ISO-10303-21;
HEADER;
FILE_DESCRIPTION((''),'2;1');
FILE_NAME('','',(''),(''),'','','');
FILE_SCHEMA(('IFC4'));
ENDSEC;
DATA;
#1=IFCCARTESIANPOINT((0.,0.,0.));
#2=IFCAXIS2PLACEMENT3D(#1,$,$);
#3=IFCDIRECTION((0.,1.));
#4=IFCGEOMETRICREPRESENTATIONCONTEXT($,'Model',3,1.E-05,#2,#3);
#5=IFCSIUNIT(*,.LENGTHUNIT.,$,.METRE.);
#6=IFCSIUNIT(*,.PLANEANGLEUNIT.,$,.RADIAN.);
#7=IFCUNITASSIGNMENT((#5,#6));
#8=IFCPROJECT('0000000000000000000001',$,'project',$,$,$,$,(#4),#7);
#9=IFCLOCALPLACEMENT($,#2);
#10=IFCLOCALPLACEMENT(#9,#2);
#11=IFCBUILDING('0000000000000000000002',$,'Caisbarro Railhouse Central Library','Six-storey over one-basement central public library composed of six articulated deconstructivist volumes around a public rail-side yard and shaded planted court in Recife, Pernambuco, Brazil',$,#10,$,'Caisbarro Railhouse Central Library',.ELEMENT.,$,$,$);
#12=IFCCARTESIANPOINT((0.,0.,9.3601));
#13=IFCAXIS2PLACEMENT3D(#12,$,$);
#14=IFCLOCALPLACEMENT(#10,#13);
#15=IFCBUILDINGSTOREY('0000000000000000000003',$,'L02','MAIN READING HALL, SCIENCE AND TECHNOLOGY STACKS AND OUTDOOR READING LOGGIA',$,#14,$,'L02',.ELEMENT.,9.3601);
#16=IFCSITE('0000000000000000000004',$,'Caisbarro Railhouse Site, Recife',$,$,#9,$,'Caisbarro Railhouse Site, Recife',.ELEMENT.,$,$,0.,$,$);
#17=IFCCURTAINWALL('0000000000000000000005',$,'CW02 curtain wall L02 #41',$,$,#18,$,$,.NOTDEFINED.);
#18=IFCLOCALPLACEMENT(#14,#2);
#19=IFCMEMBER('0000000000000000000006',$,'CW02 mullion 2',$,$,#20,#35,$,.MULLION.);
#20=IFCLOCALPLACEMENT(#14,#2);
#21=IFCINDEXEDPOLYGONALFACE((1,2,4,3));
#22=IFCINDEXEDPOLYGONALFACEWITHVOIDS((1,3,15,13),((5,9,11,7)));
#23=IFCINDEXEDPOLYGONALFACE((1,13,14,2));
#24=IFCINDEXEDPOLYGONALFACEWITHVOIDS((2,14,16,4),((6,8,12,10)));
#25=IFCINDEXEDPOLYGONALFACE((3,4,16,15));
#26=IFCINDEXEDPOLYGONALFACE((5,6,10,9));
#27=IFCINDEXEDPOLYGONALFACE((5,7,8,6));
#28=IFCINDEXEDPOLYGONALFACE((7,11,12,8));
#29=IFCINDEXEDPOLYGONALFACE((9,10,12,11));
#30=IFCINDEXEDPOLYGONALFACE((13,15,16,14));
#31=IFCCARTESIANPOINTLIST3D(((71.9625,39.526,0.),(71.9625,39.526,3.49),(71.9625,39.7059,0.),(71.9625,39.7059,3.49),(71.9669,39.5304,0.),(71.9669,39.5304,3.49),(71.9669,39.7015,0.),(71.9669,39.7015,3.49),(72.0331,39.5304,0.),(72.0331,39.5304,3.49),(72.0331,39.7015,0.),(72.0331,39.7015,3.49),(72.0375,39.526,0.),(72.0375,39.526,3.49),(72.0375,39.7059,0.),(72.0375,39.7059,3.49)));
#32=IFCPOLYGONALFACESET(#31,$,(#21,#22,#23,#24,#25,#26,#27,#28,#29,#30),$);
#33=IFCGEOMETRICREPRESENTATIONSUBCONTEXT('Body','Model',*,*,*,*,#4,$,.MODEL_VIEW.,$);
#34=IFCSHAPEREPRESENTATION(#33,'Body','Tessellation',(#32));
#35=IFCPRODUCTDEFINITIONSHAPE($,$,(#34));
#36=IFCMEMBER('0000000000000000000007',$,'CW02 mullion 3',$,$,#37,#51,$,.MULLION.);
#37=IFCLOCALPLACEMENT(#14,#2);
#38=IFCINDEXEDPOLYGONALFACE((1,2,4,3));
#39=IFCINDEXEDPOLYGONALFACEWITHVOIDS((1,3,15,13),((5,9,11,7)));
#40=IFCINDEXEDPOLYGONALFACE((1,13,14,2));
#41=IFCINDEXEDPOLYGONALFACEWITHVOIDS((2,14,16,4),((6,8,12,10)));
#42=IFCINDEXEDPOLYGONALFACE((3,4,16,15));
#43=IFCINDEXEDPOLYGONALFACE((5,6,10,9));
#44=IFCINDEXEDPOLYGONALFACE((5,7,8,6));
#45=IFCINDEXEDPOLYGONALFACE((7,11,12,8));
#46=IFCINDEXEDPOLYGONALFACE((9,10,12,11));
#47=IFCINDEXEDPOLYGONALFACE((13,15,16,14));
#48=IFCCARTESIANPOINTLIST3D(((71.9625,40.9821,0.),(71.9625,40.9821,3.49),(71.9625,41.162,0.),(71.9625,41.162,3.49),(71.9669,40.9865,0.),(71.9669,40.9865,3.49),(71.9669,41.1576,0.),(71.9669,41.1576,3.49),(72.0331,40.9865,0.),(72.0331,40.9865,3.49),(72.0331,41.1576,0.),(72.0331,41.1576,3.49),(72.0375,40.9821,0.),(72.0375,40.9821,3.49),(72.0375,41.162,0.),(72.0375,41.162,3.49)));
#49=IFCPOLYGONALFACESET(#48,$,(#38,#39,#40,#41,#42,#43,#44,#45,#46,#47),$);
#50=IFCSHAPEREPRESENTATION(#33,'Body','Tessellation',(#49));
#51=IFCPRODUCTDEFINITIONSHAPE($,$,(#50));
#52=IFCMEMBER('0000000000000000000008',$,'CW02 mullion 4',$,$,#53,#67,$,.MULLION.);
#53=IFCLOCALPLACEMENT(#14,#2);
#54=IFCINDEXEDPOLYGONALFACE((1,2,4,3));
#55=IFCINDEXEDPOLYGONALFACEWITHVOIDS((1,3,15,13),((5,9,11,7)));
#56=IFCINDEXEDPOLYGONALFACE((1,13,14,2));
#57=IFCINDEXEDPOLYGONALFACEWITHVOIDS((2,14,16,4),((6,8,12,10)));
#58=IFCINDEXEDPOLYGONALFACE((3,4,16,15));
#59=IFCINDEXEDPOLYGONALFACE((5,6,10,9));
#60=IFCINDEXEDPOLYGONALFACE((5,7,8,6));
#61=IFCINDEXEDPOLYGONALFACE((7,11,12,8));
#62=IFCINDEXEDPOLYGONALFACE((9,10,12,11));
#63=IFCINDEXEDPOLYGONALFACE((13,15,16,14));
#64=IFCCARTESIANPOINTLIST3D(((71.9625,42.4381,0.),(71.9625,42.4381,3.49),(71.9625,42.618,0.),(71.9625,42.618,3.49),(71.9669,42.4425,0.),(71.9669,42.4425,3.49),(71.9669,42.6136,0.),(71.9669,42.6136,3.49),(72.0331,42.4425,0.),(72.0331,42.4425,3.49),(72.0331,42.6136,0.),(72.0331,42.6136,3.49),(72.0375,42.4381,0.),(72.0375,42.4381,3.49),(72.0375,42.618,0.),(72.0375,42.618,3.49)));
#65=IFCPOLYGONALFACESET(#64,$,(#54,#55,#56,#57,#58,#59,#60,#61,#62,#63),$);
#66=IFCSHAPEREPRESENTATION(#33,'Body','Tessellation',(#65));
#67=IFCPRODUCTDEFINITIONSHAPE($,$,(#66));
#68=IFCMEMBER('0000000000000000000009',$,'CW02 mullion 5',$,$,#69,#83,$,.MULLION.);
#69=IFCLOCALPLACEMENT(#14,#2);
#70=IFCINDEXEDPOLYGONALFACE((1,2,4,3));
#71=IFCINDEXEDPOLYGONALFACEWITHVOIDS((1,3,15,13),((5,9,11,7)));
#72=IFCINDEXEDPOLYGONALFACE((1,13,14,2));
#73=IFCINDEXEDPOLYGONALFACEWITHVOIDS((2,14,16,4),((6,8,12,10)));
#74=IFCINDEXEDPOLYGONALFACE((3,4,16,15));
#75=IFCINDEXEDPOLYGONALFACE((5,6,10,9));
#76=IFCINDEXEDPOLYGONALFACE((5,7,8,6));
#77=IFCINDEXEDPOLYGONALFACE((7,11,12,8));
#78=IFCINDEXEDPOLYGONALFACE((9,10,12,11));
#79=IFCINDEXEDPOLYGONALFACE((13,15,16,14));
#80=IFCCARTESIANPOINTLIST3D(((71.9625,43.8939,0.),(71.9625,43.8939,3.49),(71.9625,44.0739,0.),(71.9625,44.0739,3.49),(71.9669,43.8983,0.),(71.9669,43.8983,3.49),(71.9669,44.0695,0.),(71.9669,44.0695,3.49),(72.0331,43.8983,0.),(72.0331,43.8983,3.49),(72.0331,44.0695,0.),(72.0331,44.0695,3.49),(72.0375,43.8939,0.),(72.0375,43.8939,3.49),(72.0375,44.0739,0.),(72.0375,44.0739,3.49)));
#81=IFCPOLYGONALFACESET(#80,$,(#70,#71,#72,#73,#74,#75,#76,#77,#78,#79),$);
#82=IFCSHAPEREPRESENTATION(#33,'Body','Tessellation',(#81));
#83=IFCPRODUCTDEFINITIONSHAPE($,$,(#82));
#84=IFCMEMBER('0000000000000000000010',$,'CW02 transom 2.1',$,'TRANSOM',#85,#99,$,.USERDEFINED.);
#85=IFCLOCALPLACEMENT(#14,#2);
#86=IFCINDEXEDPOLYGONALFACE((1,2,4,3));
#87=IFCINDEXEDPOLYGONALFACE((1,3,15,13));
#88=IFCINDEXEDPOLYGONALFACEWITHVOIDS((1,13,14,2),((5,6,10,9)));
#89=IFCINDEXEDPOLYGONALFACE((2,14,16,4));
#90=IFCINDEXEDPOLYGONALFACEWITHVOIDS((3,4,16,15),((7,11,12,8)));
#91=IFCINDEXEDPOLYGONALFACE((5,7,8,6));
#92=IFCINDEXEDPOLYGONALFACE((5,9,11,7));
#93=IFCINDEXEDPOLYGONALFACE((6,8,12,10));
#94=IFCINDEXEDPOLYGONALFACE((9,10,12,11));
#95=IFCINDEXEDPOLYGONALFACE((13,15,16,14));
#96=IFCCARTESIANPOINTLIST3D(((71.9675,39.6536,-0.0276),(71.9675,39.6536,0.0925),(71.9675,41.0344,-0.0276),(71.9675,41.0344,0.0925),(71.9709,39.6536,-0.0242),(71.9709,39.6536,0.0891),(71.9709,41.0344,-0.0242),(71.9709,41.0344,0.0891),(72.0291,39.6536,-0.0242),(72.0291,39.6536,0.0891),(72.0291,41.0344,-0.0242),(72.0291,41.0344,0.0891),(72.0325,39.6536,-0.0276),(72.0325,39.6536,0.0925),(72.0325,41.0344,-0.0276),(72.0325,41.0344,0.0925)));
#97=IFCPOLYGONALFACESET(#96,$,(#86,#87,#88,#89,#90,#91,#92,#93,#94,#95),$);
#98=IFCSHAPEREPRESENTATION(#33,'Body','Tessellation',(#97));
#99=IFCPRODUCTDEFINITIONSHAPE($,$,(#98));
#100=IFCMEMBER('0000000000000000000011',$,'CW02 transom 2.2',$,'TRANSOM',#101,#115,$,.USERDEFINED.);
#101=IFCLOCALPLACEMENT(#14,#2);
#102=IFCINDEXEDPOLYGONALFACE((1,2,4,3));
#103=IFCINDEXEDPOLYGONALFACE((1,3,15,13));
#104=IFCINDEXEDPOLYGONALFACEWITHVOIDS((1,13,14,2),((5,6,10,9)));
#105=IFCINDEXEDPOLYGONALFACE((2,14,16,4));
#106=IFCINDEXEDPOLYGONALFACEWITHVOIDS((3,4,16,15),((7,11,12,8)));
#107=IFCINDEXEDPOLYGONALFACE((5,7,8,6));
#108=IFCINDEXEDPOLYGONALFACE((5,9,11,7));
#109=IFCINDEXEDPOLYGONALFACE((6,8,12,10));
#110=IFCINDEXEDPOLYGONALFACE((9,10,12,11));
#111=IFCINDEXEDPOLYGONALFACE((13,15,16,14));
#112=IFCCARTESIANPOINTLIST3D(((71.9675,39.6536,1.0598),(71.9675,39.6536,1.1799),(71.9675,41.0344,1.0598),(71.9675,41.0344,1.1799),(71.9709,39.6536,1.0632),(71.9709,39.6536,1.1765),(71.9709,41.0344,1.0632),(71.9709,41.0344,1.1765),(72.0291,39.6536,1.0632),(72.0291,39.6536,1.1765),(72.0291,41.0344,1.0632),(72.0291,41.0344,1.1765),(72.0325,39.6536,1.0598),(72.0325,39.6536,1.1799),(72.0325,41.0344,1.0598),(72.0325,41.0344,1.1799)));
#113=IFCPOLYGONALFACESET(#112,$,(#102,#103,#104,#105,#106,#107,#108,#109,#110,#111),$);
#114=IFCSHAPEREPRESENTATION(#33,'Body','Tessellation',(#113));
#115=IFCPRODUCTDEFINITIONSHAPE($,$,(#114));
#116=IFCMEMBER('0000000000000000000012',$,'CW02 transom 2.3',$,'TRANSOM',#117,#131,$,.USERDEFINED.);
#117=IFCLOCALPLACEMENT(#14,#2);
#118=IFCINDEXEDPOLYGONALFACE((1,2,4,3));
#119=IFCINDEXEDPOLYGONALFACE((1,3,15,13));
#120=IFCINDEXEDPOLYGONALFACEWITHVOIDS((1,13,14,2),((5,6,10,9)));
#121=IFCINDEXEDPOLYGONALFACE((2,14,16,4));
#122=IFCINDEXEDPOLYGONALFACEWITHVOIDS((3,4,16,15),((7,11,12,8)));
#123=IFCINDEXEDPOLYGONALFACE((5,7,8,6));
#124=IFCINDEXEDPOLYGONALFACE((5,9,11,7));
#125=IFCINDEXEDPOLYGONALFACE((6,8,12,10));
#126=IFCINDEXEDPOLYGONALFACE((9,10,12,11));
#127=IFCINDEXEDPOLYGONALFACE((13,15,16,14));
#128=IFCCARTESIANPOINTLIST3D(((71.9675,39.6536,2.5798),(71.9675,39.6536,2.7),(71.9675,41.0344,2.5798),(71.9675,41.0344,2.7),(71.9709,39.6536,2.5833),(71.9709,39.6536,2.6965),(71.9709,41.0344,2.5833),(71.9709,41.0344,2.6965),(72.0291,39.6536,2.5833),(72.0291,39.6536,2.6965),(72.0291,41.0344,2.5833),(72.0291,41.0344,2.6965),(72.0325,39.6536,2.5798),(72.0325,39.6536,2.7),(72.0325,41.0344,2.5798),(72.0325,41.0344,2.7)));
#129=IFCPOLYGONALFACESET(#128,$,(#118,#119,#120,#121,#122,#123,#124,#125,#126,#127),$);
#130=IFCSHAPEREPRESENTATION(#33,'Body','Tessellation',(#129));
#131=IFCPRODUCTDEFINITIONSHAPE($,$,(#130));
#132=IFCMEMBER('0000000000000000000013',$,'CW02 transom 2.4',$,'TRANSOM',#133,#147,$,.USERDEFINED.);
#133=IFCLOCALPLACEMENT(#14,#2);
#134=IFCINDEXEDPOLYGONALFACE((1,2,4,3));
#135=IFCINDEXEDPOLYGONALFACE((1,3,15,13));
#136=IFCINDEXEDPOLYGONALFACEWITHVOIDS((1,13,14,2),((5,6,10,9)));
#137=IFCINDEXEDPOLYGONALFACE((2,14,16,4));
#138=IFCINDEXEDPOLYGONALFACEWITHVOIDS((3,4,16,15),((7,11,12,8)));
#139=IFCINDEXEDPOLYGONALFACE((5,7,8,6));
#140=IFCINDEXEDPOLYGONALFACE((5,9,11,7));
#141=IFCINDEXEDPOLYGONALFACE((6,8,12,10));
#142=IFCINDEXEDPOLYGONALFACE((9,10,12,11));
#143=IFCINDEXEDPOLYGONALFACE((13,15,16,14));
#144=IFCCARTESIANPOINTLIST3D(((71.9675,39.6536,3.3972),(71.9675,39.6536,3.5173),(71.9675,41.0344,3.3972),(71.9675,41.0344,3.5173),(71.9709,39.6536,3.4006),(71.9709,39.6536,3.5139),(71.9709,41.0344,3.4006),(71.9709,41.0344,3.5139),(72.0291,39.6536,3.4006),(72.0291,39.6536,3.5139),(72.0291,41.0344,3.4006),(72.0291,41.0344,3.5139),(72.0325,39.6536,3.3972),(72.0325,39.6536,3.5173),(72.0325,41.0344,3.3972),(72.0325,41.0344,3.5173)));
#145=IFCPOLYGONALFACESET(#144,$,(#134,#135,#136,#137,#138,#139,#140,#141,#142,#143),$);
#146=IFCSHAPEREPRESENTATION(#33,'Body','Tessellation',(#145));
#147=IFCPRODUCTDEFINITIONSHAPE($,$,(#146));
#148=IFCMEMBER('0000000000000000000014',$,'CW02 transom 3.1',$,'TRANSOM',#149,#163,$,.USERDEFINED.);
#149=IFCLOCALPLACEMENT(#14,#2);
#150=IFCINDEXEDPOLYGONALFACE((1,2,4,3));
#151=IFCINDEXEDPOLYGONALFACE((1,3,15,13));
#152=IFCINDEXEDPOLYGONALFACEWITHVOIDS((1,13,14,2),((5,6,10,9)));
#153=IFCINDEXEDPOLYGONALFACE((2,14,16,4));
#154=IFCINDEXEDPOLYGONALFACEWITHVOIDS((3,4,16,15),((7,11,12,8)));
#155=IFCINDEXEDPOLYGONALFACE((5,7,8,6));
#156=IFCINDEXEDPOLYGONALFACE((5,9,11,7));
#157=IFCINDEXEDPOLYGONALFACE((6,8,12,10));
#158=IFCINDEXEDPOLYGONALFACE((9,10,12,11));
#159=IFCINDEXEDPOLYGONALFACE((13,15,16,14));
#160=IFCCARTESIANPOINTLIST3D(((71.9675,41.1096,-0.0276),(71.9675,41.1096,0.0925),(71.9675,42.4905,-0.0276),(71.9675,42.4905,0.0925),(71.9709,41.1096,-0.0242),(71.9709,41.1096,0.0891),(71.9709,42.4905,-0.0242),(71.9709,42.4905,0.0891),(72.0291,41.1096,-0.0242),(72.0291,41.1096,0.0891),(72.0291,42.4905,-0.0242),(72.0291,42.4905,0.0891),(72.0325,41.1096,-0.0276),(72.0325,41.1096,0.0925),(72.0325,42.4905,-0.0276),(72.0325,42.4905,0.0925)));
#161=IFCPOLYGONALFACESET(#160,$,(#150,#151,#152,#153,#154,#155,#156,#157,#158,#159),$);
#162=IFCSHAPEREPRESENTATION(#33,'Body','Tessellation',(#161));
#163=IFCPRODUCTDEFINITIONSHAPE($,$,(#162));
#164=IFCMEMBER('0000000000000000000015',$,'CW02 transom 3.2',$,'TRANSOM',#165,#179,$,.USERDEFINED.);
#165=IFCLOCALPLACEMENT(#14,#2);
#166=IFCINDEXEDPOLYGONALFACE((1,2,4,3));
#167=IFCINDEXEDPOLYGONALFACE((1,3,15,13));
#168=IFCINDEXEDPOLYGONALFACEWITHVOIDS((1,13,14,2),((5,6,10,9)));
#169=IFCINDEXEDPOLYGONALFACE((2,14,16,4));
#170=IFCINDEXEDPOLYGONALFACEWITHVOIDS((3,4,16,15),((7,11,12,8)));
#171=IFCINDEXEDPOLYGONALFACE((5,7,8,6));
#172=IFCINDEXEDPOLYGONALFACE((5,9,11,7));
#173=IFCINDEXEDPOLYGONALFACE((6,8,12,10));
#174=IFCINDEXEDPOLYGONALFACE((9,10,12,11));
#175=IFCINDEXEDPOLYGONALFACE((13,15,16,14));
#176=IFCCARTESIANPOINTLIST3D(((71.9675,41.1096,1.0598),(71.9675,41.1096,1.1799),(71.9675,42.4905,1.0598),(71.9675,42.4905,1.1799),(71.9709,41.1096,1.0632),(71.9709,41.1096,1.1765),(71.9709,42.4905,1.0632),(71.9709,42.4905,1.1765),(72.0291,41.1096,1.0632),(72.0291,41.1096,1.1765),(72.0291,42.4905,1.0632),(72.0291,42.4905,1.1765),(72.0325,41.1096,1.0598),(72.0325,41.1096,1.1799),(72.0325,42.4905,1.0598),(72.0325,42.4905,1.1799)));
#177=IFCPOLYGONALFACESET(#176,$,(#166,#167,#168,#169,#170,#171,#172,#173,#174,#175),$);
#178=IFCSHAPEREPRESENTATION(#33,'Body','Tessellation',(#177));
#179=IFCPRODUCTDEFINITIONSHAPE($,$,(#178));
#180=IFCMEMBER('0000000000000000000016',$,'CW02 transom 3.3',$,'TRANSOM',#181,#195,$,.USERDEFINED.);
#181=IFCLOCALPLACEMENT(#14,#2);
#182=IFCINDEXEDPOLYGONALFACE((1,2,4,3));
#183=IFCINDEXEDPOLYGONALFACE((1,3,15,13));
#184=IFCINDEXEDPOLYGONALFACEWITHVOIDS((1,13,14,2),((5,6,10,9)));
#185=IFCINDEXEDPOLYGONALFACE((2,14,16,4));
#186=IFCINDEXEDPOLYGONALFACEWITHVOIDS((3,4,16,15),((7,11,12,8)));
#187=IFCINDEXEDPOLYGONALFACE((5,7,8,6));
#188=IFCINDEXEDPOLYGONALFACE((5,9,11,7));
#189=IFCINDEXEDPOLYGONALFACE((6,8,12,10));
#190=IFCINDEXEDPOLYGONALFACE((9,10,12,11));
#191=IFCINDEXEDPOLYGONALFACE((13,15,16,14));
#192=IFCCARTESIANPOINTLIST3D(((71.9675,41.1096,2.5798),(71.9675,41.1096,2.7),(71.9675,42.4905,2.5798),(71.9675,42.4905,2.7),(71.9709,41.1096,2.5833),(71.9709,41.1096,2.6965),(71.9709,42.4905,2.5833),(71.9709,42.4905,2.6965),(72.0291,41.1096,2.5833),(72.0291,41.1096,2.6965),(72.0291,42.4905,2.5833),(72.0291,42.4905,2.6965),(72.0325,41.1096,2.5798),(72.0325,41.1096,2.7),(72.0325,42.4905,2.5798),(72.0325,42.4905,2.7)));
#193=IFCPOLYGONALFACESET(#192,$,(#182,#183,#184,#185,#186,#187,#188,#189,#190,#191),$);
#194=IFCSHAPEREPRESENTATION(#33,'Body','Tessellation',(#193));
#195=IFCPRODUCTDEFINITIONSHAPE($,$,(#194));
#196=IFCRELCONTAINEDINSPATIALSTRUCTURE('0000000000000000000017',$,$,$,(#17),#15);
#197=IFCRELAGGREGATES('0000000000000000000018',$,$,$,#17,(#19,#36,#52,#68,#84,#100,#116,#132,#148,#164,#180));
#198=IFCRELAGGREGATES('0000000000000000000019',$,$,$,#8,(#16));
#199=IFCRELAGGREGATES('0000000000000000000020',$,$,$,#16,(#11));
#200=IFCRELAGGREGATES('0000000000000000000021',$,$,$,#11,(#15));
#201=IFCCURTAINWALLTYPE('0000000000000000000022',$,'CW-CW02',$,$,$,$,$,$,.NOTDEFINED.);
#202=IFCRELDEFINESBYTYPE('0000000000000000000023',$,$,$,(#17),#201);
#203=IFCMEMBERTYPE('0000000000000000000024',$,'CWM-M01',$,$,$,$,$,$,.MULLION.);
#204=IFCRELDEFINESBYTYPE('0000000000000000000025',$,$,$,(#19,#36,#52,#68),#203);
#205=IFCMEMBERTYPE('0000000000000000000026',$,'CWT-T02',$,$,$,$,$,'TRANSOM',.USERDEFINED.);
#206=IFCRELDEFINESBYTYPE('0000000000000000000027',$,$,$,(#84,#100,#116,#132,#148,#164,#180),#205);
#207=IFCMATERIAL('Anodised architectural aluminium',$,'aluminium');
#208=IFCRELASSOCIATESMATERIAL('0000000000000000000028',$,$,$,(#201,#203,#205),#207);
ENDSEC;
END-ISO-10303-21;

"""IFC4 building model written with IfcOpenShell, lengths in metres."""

from ifc_helpers import new_model, si_unit, direction, frame, origin, origin_2d, place, context, subcontext, project, spatial, hollow_rectangle, extrude, material, material_profile, profile_set, type_object, element, aggregate, save


model = new_model("IFC4")

# Units and contexts
model_context = context("Model", 3, precision=1e-05, world=origin(), true_north=direction((0.0, 1.0)))
body_context = subcontext(model_context, "Body", "Model", "MODEL_VIEW")
ifc_project = project(units=[si_unit("LENGTHUNIT", "METRE"), si_unit("PLANEANGLEUNIT", "RADIAN")], contexts=[model_context])

# Site, building, storey
site_placement = place(None, origin())
site = spatial("IfcSite", under=ifc_project, at=site_placement, Name="Caisbarro Railhouse Site, Recife", LongName="Caisbarro Railhouse Site, Recife", CompositionType="ELEMENT", RefElevation=0.0)
building_placement = place(site_placement, origin())
building = spatial("IfcBuilding", under=site, at=building_placement, Name="Caisbarro Railhouse Central Library", Description="Six-storey over one-basement central public library composed of six articulated deconstructivist volumes around a public rail-side yard and shaded planted court in Recife, Pernambuco, Brazil", LongName="Caisbarro Railhouse Central Library", CompositionType="ELEMENT")
storey_placement = place(building_placement, frame((0.0, 0.0, 9.3601)))
storey = spatial("IfcBuildingStorey", under=building, at=storey_placement, Name="L02", Description="MAIN READING HALL, SCIENCE AND TECHNOLOGY STACKS AND OUTDOOR READING LOGGIA", LongName="L02", CompositionType="ELEMENT", Elevation=9.3601)

# Curtain wall, members
ifc_material_1 = material(Name="Anodised architectural aluminium", Category="aluminium")
curtain_wall_type = type_object("IfcCurtainWallType", Name="CW-CW02", PredefinedType="NOTDEFINED", material=ifc_material_1)
curtain_wall_placement = place(storey_placement, origin())
curtain_wall = element("IfcCurtainWall", 1, at=curtain_wall_placement, inside=storey, type_object=curtain_wall_type, Name="CW02 curtain wall L02 #41", PredefinedType="NOTDEFINED")
ifc_material_profile_1 = material_profile(ifc_material_1, hollow_rectangle(XDim=0.075, YDim=0.1799, WallThickness=0.0044, at=origin_2d()), Name="ALU-MUL-75X180")
ifc_profile_set_1 = profile_set([ifc_material_profile_1], Name="Anodised architectural aluminium")
member_type_1 = type_object("IfcMemberType", Name="CWM-M01", PredefinedType="MULLION", material=ifc_profile_set_1)
member_1_placement = place(storey_placement, frame((72.0, 39.616, 0.0), z_axis=(0.0, 0.0, 1.0), x_axis=(-1.0, 0.0, 0.0)))
member_1 = element("IfcMember", 2, at=member_1_placement, type_object=member_type_1, Name="CW02 mullion 2", PredefinedType="MULLION", context=body_context, shape_type="SweptSolid", body=[
    extrude(hollow_rectangle(XDim=0.075, YDim=0.1799, WallThickness=0.0044, at=origin_2d()), origin(), (0.0, 0.0, 1.0), 3.49),
])
member_2_placement = place(storey_placement, frame((72.0, 41.072, 0.0), z_axis=(0.0, 0.0, 1.0), x_axis=(-1.0, 0.0, 0.0)))
member_2 = element("IfcMember", 3, at=member_2_placement, type_object=member_type_1, Name="CW02 mullion 3", PredefinedType="MULLION", context=body_context, shape_type="SweptSolid", body=[
    extrude(hollow_rectangle(XDim=0.075, YDim=0.1799, WallThickness=0.0044, at=origin_2d()), origin(), (0.0, 0.0, 1.0), 3.49),
])
member_3_placement = place(storey_placement, frame((72.0, 42.5281, 0.0), z_axis=(0.0, 0.0, 1.0), x_axis=(-1.0, 0.0, 0.0)))
member_3 = element("IfcMember", 4, at=member_3_placement, type_object=member_type_1, Name="CW02 mullion 4", PredefinedType="MULLION", context=body_context, shape_type="SweptSolid", body=[
    extrude(hollow_rectangle(XDim=0.075, YDim=0.1799, WallThickness=0.0044, at=origin_2d()), origin(), (0.0, 0.0, 1.0), 3.49),
])
member_4_placement = place(storey_placement, frame((72.0, 43.9839, 0.0), z_axis=(0.0, 0.0, 1.0), x_axis=(-1.0, 0.0, 0.0)))
member_4 = element("IfcMember", 5, at=member_4_placement, type_object=member_type_1, Name="CW02 mullion 5", PredefinedType="MULLION", context=body_context, shape_type="SweptSolid", body=[
    extrude(hollow_rectangle(XDim=0.075, YDim=0.1799, WallThickness=0.0044, at=origin_2d()), origin(), (0.0, 0.0, 1.0), 3.49),
])
ifc_material_profile_2 = material_profile(ifc_material_1, hollow_rectangle(XDim=0.0649, YDim=0.1201, WallThickness=0.0034, at=origin_2d()), Name="ALU-TRN-65X120")
ifc_profile_set_2 = profile_set([ifc_material_profile_2], Name="Anodised architectural aluminium")
member_type_2 = type_object("IfcMemberType", Name="CWT-T02", ElementType="TRANSOM", PredefinedType="USERDEFINED", material=ifc_profile_set_2)
member_5_placement = place(storey_placement, frame((72.0, 39.6536, 0.0325), z_axis=(0.0, 1.0, 0.0), x_axis=(-1.0, 0.0, 0.0)))
member_5 = element("IfcMember", 6, at=member_5_placement, type_object=member_type_2, Name="CW02 transom 2.1", ObjectType="TRANSOM", PredefinedType="USERDEFINED", context=body_context, shape_type="SweptSolid", body=[
    extrude(hollow_rectangle(XDim=0.0649, YDim=0.1201, WallThickness=0.0034, at=origin_2d()), origin(), (0.0, 0.0, 1.0), 1.3809),
])
member_6_placement = place(storey_placement, frame((72.0, 39.6536, 1.1199), z_axis=(0.0, 1.0, 0.0), x_axis=(-1.0, 0.0, 0.0)))
member_6 = element("IfcMember", 7, at=member_6_placement, type_object=member_type_2, Name="CW02 transom 2.2", ObjectType="TRANSOM", PredefinedType="USERDEFINED", context=body_context, shape_type="SweptSolid", body=[
    extrude(hollow_rectangle(XDim=0.0649, YDim=0.1201, WallThickness=0.0034, at=origin_2d()), origin(), (0.0, 0.0, 1.0), 1.3809),
])
member_7_placement = place(storey_placement, frame((72.0, 39.6536, 2.6399), z_axis=(0.0, 1.0, 0.0), x_axis=(-1.0, 0.0, 0.0)))
member_7 = element("IfcMember", 8, at=member_7_placement, type_object=member_type_2, Name="CW02 transom 2.3", ObjectType="TRANSOM", PredefinedType="USERDEFINED", context=body_context, shape_type="SweptSolid", body=[
    extrude(hollow_rectangle(XDim=0.0649, YDim=0.1201, WallThickness=0.0034, at=origin_2d()), origin(), (0.0, 0.0, 1.0), 1.3809),
])
member_8_placement = place(storey_placement, frame((72.0, 39.6536, 3.4573), z_axis=(0.0, 1.0, 0.0), x_axis=(-1.0, 0.0, 0.0)))
member_8 = element("IfcMember", 9, at=member_8_placement, type_object=member_type_2, Name="CW02 transom 2.4", ObjectType="TRANSOM", PredefinedType="USERDEFINED", context=body_context, shape_type="SweptSolid", body=[
    extrude(hollow_rectangle(XDim=0.0649, YDim=0.1201, WallThickness=0.0034, at=origin_2d()), origin(), (0.0, 0.0, 1.0), 1.3809),
])
member_9_placement = place(storey_placement, frame((72.0, 41.1096, 0.0325), z_axis=(0.0, 1.0, 0.0), x_axis=(-1.0, 0.0, 0.0)))
member_9 = element("IfcMember", 10, at=member_9_placement, type_object=member_type_2, Name="CW02 transom 3.1", ObjectType="TRANSOM", PredefinedType="USERDEFINED", context=body_context, shape_type="SweptSolid", body=[
    extrude(hollow_rectangle(XDim=0.0649, YDim=0.1201, WallThickness=0.0034, at=origin_2d()), origin(), (0.0, 0.0, 1.0), 1.3809),
])
member_10_placement = place(storey_placement, frame((72.0, 41.1096, 1.1199), z_axis=(0.0, 1.0, 0.0), x_axis=(-1.0, 0.0, 0.0)))
member_10 = element("IfcMember", 11, at=member_10_placement, type_object=member_type_2, Name="CW02 transom 3.2", ObjectType="TRANSOM", PredefinedType="USERDEFINED", context=body_context, shape_type="SweptSolid", body=[
    extrude(hollow_rectangle(XDim=0.0649, YDim=0.1201, WallThickness=0.0034, at=origin_2d()), origin(), (0.0, 0.0, 1.0), 1.3809),
])
member_11_placement = place(storey_placement, frame((72.0, 41.1096, 2.6399), z_axis=(0.0, 1.0, 0.0), x_axis=(-1.0, 0.0, 0.0)))
member_11 = element("IfcMember", 12, at=member_11_placement, type_object=member_type_2, Name="CW02 transom 3.3", ObjectType="TRANSOM", PredefinedType="USERDEFINED", context=body_context, shape_type="SweptSolid", body=[
    extrude(hollow_rectangle(XDim=0.0649, YDim=0.1201, WallThickness=0.0034, at=origin_2d()), origin(), (0.0, 0.0, 1.0), 1.3809),
])
aggregate(curtain_wall, [member_1, member_2, member_3, member_4, member_5, member_6, member_7, member_8, member_9, member_10, member_11])

save(model, "model.ifc")
